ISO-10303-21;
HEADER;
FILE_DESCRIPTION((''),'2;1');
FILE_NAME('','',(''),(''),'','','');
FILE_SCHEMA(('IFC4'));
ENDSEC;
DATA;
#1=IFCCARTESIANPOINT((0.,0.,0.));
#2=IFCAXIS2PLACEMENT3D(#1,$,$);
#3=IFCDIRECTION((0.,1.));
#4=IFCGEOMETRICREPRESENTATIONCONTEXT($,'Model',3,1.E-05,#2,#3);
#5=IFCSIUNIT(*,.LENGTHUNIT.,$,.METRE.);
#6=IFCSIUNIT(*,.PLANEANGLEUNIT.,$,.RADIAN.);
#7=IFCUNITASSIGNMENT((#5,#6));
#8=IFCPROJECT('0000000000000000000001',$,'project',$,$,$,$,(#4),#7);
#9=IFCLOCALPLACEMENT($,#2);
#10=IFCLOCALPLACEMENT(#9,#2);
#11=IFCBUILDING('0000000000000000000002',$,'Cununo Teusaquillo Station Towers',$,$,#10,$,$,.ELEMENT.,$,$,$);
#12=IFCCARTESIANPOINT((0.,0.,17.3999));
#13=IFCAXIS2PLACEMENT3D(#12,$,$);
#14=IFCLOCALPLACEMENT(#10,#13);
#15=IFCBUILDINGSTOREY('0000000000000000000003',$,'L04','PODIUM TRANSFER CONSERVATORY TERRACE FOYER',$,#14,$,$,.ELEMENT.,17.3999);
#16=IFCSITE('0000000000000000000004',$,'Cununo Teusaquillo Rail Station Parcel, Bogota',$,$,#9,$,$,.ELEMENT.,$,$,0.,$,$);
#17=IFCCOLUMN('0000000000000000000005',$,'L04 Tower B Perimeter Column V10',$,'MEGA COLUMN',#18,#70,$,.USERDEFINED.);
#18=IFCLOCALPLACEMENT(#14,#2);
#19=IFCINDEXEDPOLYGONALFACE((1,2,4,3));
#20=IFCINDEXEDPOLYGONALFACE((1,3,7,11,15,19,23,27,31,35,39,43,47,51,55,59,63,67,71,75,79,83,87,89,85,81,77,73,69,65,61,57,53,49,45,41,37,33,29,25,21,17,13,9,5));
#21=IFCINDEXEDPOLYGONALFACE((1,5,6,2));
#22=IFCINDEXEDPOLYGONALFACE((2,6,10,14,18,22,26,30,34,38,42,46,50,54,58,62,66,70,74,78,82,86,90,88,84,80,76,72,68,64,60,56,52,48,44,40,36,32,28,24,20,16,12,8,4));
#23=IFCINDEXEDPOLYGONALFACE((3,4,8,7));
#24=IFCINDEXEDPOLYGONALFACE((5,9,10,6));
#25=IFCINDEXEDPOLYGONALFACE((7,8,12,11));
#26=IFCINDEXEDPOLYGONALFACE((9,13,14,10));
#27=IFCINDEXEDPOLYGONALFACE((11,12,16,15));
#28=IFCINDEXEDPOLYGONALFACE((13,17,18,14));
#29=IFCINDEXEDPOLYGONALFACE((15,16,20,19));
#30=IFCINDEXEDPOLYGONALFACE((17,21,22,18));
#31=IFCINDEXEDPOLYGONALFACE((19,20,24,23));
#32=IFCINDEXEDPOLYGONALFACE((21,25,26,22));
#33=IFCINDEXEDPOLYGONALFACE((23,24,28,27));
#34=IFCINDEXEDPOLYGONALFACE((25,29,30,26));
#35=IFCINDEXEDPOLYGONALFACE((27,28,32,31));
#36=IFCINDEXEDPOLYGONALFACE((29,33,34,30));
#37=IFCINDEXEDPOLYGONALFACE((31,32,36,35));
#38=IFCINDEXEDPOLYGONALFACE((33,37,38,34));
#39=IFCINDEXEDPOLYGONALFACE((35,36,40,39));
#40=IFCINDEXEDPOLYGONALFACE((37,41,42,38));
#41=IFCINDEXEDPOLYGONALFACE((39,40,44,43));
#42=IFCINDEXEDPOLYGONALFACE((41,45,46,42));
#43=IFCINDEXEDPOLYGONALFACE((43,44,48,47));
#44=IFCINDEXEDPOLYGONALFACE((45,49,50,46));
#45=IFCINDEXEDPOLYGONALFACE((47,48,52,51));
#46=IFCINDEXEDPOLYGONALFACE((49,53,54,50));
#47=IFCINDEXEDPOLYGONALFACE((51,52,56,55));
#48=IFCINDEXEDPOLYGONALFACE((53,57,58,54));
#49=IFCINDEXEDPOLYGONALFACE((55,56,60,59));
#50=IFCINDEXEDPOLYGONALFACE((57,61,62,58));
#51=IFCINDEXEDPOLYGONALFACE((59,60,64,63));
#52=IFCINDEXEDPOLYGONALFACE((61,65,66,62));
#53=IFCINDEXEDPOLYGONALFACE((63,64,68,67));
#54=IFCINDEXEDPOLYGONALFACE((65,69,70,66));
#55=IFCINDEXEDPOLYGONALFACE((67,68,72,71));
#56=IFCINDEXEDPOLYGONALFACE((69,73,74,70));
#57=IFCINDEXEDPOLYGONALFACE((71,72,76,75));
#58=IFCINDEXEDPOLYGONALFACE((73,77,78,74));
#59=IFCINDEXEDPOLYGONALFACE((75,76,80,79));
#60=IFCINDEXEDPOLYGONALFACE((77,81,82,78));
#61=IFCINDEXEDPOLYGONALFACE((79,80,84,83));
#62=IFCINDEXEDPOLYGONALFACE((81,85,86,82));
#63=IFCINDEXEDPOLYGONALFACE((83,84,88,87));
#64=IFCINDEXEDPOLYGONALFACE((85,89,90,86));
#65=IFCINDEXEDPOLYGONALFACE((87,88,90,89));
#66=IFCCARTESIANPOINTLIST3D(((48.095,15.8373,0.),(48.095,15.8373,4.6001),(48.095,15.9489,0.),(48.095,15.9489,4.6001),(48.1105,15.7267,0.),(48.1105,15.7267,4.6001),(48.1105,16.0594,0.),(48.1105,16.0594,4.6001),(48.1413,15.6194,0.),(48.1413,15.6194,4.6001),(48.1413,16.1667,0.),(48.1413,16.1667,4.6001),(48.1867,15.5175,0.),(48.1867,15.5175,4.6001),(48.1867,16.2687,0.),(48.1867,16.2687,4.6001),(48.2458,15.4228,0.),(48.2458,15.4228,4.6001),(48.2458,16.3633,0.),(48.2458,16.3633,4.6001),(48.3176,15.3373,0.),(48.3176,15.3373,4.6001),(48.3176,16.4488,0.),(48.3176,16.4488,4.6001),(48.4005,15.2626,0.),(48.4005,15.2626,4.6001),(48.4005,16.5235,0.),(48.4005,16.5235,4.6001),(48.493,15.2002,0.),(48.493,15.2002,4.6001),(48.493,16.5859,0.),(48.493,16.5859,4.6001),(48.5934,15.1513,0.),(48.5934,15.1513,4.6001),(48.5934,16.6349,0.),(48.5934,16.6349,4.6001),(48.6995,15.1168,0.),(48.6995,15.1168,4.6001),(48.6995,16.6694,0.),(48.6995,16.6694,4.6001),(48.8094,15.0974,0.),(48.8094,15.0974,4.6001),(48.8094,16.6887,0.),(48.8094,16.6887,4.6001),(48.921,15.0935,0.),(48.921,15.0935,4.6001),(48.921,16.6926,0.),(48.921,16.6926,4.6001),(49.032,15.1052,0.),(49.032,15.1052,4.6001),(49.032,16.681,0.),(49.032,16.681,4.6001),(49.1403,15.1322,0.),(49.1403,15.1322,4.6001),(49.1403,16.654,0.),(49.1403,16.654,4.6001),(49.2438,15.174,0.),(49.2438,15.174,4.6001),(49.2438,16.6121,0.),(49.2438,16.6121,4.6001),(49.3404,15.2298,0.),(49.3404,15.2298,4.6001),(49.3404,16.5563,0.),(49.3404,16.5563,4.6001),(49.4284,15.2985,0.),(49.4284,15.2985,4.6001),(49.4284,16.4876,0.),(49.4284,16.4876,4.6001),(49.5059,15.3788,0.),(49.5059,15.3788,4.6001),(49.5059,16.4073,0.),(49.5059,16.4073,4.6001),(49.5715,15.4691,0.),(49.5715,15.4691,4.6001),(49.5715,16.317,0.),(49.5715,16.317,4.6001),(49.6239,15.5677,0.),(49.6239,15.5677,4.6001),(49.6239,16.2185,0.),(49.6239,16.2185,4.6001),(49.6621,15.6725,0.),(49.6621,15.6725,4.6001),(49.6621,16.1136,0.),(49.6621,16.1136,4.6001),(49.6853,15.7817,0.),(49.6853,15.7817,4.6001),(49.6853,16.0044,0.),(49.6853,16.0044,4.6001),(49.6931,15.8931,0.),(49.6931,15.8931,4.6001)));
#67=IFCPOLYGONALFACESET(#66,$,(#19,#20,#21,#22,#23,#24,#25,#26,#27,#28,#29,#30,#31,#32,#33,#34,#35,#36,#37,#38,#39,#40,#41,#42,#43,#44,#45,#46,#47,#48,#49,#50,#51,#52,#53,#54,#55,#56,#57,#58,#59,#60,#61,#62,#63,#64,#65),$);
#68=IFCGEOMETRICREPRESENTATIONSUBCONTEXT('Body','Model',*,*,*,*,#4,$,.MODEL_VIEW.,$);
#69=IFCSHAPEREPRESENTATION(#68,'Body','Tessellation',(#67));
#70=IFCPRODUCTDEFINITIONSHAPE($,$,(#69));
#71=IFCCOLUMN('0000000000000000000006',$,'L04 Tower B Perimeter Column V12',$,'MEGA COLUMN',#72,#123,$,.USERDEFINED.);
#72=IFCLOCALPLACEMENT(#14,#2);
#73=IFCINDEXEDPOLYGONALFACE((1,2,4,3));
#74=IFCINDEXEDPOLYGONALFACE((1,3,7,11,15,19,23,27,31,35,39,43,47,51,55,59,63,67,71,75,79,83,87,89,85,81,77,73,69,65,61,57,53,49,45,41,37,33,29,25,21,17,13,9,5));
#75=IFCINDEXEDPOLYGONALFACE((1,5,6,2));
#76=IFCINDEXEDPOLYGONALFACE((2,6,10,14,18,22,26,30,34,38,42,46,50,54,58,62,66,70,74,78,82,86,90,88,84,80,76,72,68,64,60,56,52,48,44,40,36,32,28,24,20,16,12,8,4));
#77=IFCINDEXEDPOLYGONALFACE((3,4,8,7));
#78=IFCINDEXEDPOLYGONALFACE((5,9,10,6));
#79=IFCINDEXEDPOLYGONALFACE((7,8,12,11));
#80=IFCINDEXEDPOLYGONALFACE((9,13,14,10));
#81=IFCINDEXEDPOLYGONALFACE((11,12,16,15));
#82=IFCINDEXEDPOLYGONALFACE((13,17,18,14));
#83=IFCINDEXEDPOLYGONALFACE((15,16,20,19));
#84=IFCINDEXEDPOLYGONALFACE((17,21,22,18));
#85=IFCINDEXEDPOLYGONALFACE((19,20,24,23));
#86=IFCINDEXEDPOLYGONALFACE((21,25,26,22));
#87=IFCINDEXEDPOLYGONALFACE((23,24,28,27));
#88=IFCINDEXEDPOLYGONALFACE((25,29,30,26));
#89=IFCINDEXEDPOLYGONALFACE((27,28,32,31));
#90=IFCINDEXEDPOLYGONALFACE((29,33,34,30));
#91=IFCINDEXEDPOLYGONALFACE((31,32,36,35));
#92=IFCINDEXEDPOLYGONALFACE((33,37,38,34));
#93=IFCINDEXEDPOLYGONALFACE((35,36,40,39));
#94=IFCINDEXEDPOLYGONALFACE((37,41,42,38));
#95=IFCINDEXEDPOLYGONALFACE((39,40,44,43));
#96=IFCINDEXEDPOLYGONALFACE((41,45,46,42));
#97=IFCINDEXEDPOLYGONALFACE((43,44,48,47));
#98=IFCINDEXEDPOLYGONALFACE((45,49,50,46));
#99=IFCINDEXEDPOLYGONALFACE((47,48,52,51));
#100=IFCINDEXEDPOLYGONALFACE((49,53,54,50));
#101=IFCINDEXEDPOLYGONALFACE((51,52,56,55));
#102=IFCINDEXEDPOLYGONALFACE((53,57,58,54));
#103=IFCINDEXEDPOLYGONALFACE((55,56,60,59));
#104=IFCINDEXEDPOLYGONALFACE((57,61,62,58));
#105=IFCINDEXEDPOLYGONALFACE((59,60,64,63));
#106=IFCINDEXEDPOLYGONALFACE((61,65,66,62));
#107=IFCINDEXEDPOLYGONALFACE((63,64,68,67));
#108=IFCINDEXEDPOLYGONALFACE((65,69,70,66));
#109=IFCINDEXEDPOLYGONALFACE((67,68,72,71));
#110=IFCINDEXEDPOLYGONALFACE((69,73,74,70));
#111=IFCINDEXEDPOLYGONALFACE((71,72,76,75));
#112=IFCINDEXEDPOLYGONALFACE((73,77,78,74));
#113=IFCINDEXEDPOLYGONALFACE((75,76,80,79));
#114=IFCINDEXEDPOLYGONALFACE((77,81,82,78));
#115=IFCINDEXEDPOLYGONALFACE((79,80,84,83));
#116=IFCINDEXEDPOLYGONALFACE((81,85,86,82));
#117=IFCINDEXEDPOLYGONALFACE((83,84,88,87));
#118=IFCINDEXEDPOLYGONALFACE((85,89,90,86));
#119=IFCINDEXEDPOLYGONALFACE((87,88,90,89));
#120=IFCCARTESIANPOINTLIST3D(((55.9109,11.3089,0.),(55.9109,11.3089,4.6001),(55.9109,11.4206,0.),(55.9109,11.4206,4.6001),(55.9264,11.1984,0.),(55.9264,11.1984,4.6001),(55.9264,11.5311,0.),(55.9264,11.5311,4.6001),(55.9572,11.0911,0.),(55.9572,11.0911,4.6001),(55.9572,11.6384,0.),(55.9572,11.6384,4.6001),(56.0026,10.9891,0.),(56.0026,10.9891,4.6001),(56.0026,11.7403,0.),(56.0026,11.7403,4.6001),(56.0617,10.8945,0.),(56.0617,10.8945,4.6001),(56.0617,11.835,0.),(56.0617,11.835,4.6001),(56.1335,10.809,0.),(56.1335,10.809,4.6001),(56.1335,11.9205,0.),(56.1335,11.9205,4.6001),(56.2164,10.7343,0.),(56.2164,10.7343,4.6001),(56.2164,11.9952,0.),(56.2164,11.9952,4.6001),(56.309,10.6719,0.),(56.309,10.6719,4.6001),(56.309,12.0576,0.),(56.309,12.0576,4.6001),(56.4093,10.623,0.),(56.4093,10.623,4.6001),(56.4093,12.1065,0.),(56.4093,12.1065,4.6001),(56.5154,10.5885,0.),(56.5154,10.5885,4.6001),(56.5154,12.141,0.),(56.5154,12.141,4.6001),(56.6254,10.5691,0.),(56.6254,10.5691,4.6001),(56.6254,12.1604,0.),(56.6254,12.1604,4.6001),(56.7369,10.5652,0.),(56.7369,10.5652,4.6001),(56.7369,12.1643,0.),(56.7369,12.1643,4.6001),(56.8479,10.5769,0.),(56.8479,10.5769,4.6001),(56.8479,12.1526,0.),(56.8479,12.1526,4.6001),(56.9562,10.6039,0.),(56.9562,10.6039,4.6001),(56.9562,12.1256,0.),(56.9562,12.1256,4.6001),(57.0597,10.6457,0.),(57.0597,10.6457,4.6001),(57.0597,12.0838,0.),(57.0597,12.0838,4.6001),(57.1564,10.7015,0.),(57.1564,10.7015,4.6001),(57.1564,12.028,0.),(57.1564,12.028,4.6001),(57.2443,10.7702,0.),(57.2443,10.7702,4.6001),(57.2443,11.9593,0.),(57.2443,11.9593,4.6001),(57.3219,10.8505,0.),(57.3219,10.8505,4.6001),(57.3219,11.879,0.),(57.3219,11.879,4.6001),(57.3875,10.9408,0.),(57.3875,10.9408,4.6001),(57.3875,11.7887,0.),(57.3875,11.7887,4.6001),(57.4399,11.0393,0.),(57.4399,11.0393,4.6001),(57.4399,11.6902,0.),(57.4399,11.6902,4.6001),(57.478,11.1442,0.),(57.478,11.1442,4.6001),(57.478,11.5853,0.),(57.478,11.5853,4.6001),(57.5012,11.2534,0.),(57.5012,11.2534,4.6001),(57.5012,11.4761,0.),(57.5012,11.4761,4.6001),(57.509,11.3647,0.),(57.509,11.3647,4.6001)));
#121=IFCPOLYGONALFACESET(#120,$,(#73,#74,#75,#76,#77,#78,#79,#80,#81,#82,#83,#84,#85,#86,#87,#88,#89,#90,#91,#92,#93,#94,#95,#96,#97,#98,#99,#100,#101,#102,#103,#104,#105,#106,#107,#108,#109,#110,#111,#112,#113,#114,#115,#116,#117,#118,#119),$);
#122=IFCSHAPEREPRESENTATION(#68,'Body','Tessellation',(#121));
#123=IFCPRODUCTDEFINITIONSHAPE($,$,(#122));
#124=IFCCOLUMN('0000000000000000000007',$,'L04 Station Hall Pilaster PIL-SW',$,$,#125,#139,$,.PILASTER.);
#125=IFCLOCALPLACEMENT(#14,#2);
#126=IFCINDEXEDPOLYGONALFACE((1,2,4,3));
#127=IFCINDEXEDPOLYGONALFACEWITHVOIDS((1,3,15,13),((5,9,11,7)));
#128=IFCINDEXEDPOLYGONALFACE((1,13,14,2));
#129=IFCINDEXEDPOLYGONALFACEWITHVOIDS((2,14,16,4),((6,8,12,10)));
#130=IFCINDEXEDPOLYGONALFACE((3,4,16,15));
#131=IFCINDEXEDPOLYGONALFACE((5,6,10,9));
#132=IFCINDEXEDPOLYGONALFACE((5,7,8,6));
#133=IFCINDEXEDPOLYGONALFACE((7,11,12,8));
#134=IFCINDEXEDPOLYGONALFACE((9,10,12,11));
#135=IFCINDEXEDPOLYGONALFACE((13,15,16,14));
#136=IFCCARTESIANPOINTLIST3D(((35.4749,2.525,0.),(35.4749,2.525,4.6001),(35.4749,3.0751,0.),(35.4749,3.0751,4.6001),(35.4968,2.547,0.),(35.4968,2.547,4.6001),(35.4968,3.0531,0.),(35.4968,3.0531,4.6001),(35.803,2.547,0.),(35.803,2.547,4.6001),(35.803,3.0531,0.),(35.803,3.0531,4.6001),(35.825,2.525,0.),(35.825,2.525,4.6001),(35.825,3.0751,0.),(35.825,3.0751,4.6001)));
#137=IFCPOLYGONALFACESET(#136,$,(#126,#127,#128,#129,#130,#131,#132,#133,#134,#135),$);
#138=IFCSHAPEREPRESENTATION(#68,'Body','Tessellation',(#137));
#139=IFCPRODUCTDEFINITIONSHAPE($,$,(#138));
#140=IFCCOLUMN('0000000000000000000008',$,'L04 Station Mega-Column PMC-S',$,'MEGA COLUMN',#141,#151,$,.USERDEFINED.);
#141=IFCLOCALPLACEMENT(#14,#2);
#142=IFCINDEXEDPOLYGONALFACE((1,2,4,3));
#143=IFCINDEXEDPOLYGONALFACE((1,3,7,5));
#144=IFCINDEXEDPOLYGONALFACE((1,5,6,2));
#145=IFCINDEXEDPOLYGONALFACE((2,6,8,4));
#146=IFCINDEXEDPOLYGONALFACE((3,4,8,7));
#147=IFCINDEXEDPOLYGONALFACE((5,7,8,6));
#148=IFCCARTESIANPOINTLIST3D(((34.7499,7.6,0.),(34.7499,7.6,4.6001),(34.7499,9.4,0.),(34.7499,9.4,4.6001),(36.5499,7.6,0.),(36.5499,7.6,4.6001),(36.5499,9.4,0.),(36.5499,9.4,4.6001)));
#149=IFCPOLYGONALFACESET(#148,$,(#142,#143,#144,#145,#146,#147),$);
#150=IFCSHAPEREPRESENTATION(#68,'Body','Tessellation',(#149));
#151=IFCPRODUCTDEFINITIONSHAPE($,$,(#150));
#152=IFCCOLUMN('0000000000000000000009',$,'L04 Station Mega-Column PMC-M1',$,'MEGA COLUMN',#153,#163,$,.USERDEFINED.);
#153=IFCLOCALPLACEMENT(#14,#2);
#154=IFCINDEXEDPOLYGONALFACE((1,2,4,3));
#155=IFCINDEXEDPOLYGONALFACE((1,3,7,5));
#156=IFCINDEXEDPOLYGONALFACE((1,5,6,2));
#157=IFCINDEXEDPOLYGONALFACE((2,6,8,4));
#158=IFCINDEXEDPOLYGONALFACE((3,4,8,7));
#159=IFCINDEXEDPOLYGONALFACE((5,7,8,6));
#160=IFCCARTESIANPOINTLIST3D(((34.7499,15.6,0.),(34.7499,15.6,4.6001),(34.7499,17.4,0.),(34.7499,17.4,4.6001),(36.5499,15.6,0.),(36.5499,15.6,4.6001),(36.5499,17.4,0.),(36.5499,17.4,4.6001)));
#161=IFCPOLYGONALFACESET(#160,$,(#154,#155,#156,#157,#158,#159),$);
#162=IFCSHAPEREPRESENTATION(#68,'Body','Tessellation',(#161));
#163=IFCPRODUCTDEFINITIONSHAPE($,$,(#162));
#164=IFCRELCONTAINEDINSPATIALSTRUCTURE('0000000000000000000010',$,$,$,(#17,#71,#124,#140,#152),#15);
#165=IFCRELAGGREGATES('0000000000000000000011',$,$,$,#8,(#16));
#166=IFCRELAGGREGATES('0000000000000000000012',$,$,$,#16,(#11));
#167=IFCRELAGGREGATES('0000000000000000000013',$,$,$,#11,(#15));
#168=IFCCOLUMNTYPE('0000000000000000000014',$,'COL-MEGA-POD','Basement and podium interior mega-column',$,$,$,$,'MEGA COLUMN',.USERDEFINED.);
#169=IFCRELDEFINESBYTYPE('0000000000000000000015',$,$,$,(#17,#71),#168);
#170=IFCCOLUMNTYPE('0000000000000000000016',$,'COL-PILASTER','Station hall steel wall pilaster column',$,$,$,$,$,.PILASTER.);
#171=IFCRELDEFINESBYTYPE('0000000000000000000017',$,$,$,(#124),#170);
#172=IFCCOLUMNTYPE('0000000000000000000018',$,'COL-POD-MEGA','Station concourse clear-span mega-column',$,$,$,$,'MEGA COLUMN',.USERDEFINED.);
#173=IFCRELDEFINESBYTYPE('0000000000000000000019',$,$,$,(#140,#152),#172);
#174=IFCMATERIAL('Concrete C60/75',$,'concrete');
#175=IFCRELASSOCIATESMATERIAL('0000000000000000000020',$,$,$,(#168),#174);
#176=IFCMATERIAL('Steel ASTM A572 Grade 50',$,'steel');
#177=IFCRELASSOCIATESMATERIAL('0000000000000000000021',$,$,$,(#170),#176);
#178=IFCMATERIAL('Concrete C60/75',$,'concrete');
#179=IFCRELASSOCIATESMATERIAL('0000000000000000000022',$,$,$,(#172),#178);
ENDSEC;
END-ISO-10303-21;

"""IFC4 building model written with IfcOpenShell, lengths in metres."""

from ifc_helpers import new_model, si_unit, direction, frame, origin, origin_2d, place, context, subcontext, project, spatial, rectangle, hollow_rectangle, circle, extrude, material, material_profile, profile_set, type_object, element, save


model = new_model("IFC4")

# Units and contexts
model_context = context("Model", 3, precision=1e-05, world=origin(), true_north=direction((0.0, 1.0)))
body_context = subcontext(model_context, "Body", "Model", "MODEL_VIEW")
ifc_project = project(units=[si_unit("LENGTHUNIT", "METRE"), si_unit("PLANEANGLEUNIT", "RADIAN")], contexts=[model_context])

# Site, building, storey
site_placement = place(None, origin())
site = spatial("IfcSite", under=ifc_project, at=site_placement, Name="Cununo Teusaquillo Rail Station Parcel, Bogota", CompositionType="ELEMENT", RefElevation=0.0)
building_placement = place(site_placement, origin())
building = spatial("IfcBuilding", under=site, at=building_placement, Name="Cununo Teusaquillo Station Towers", CompositionType="ELEMENT")
storey_placement = place(building_placement, frame((0.0, 0.0, 17.3999)))
storey = spatial("IfcBuildingStorey", under=building, at=storey_placement, Name="L04", Description="PODIUM TRANSFER CONSERVATORY TERRACE FOYER", CompositionType="ELEMENT", Elevation=17.3999)

# Columns
ifc_material_1 = material(Name="Concrete C60/75", Category="concrete")
ifc_material_profile_1 = material_profile(ifc_material_1, circle(Radius=0.8, at=origin_2d()), Name="RC-CIRC-1600")
ifc_profile_set_1 = profile_set([ifc_material_profile_1], Name="Concrete C60/75")
column_type_1 = type_object("IfcColumnType", Name="COL-MEGA-POD", Description="Basement and podium interior mega-column", ElementType="MEGA COLUMN", PredefinedType="USERDEFINED", material=ifc_profile_set_1)
for number, where, z_axis, x_axis, name in (
    (1, (48.8931, 15.8931, 0.0), (0.0, 0.0, 1.0), (1.0, 0.0, 0.0), "L04 Tower B Perimeter Column V10"),
    (2, (56.709, 11.3647, 0.0), (0.0, 0.0, 1.0), (1.0, 0.0, 0.0), "L04 Tower B Perimeter Column V12"),
):
    element("IfcColumn", number, at=place(storey_placement, frame(where, z_axis=z_axis, x_axis=x_axis)), inside=storey, type_object=column_type_1, Name=name, ObjectType="MEGA COLUMN", PredefinedType="USERDEFINED", context=body_context, shape_type="SweptSolid", body=[
        extrude(circle(Radius=0.8, at=origin_2d()), origin(), (0.0, 0.0, 1.0), 4.6001),
    ])
ifc_material_2 = material(Name="Steel ASTM A572 Grade 50", Category="steel")
ifc_material_profile_2 = material_profile(ifc_material_2, hollow_rectangle(XDim=0.3501, YDim=0.55, WallThickness=0.022, at=origin_2d()), Name="RHS 550x350x22")
ifc_profile_set_2 = profile_set([ifc_material_profile_2], Name="Steel ASTM A572 Grade 50")
column_type_2 = type_object("IfcColumnType", Name="COL-PILASTER", Description="Station hall steel wall pilaster column", PredefinedType="PILASTER", material=ifc_profile_set_2)
column_placement = place(storey_placement, frame((35.6499, 2.8, 0.0), z_axis=(0.0, 0.0, 1.0), x_axis=(1.0, 0.0, 0.0)))
element("IfcColumn", 3, at=column_placement, inside=storey, type_object=column_type_2, Name="L04 Station Hall Pilaster PIL-SW", PredefinedType="PILASTER", context=body_context, shape_type="SweptSolid", body=[
    extrude(hollow_rectangle(XDim=0.3501, YDim=0.55, WallThickness=0.022, at=origin_2d()), origin(), (0.0, 0.0, 1.0), 4.6001),
])
ifc_material_3 = material(Name="Concrete C60/75", Category="concrete")
ifc_material_profile_3 = material_profile(ifc_material_3, rectangle(XDim=1.8, YDim=1.8, at=origin_2d()), Name="RC-RECT-1800x1800")
ifc_profile_set_3 = profile_set([ifc_material_profile_3], Name="Concrete C60/75")
column_type_3 = type_object("IfcColumnType", Name="COL-POD-MEGA", Description="Station concourse clear-span mega-column", ElementType="MEGA COLUMN", PredefinedType="USERDEFINED", material=ifc_profile_set_3)
for number, where, z_axis, x_axis, name in (
    (4, (35.6499, 8.5, 0.0), (0.0, 0.0, 1.0), (1.0, 0.0, 0.0), "L04 Station Mega-Column PMC-S"),
    (5, (35.6499, 16.5, 0.0), (0.0, 0.0, 1.0), (1.0, 0.0, 0.0), "L04 Station Mega-Column PMC-M1"),
):
    element("IfcColumn", number, at=place(storey_placement, frame(where, z_axis=z_axis, x_axis=x_axis)), inside=storey, type_object=column_type_3, Name=name, ObjectType="MEGA COLUMN", PredefinedType="USERDEFINED", context=body_context, shape_type="SweptSolid", body=[
        extrude(rectangle(XDim=1.8, YDim=1.8, at=origin_2d()), origin(), (0.0, 0.0, 1.0), 4.6001),
    ])

save(model, "model.ifc")
